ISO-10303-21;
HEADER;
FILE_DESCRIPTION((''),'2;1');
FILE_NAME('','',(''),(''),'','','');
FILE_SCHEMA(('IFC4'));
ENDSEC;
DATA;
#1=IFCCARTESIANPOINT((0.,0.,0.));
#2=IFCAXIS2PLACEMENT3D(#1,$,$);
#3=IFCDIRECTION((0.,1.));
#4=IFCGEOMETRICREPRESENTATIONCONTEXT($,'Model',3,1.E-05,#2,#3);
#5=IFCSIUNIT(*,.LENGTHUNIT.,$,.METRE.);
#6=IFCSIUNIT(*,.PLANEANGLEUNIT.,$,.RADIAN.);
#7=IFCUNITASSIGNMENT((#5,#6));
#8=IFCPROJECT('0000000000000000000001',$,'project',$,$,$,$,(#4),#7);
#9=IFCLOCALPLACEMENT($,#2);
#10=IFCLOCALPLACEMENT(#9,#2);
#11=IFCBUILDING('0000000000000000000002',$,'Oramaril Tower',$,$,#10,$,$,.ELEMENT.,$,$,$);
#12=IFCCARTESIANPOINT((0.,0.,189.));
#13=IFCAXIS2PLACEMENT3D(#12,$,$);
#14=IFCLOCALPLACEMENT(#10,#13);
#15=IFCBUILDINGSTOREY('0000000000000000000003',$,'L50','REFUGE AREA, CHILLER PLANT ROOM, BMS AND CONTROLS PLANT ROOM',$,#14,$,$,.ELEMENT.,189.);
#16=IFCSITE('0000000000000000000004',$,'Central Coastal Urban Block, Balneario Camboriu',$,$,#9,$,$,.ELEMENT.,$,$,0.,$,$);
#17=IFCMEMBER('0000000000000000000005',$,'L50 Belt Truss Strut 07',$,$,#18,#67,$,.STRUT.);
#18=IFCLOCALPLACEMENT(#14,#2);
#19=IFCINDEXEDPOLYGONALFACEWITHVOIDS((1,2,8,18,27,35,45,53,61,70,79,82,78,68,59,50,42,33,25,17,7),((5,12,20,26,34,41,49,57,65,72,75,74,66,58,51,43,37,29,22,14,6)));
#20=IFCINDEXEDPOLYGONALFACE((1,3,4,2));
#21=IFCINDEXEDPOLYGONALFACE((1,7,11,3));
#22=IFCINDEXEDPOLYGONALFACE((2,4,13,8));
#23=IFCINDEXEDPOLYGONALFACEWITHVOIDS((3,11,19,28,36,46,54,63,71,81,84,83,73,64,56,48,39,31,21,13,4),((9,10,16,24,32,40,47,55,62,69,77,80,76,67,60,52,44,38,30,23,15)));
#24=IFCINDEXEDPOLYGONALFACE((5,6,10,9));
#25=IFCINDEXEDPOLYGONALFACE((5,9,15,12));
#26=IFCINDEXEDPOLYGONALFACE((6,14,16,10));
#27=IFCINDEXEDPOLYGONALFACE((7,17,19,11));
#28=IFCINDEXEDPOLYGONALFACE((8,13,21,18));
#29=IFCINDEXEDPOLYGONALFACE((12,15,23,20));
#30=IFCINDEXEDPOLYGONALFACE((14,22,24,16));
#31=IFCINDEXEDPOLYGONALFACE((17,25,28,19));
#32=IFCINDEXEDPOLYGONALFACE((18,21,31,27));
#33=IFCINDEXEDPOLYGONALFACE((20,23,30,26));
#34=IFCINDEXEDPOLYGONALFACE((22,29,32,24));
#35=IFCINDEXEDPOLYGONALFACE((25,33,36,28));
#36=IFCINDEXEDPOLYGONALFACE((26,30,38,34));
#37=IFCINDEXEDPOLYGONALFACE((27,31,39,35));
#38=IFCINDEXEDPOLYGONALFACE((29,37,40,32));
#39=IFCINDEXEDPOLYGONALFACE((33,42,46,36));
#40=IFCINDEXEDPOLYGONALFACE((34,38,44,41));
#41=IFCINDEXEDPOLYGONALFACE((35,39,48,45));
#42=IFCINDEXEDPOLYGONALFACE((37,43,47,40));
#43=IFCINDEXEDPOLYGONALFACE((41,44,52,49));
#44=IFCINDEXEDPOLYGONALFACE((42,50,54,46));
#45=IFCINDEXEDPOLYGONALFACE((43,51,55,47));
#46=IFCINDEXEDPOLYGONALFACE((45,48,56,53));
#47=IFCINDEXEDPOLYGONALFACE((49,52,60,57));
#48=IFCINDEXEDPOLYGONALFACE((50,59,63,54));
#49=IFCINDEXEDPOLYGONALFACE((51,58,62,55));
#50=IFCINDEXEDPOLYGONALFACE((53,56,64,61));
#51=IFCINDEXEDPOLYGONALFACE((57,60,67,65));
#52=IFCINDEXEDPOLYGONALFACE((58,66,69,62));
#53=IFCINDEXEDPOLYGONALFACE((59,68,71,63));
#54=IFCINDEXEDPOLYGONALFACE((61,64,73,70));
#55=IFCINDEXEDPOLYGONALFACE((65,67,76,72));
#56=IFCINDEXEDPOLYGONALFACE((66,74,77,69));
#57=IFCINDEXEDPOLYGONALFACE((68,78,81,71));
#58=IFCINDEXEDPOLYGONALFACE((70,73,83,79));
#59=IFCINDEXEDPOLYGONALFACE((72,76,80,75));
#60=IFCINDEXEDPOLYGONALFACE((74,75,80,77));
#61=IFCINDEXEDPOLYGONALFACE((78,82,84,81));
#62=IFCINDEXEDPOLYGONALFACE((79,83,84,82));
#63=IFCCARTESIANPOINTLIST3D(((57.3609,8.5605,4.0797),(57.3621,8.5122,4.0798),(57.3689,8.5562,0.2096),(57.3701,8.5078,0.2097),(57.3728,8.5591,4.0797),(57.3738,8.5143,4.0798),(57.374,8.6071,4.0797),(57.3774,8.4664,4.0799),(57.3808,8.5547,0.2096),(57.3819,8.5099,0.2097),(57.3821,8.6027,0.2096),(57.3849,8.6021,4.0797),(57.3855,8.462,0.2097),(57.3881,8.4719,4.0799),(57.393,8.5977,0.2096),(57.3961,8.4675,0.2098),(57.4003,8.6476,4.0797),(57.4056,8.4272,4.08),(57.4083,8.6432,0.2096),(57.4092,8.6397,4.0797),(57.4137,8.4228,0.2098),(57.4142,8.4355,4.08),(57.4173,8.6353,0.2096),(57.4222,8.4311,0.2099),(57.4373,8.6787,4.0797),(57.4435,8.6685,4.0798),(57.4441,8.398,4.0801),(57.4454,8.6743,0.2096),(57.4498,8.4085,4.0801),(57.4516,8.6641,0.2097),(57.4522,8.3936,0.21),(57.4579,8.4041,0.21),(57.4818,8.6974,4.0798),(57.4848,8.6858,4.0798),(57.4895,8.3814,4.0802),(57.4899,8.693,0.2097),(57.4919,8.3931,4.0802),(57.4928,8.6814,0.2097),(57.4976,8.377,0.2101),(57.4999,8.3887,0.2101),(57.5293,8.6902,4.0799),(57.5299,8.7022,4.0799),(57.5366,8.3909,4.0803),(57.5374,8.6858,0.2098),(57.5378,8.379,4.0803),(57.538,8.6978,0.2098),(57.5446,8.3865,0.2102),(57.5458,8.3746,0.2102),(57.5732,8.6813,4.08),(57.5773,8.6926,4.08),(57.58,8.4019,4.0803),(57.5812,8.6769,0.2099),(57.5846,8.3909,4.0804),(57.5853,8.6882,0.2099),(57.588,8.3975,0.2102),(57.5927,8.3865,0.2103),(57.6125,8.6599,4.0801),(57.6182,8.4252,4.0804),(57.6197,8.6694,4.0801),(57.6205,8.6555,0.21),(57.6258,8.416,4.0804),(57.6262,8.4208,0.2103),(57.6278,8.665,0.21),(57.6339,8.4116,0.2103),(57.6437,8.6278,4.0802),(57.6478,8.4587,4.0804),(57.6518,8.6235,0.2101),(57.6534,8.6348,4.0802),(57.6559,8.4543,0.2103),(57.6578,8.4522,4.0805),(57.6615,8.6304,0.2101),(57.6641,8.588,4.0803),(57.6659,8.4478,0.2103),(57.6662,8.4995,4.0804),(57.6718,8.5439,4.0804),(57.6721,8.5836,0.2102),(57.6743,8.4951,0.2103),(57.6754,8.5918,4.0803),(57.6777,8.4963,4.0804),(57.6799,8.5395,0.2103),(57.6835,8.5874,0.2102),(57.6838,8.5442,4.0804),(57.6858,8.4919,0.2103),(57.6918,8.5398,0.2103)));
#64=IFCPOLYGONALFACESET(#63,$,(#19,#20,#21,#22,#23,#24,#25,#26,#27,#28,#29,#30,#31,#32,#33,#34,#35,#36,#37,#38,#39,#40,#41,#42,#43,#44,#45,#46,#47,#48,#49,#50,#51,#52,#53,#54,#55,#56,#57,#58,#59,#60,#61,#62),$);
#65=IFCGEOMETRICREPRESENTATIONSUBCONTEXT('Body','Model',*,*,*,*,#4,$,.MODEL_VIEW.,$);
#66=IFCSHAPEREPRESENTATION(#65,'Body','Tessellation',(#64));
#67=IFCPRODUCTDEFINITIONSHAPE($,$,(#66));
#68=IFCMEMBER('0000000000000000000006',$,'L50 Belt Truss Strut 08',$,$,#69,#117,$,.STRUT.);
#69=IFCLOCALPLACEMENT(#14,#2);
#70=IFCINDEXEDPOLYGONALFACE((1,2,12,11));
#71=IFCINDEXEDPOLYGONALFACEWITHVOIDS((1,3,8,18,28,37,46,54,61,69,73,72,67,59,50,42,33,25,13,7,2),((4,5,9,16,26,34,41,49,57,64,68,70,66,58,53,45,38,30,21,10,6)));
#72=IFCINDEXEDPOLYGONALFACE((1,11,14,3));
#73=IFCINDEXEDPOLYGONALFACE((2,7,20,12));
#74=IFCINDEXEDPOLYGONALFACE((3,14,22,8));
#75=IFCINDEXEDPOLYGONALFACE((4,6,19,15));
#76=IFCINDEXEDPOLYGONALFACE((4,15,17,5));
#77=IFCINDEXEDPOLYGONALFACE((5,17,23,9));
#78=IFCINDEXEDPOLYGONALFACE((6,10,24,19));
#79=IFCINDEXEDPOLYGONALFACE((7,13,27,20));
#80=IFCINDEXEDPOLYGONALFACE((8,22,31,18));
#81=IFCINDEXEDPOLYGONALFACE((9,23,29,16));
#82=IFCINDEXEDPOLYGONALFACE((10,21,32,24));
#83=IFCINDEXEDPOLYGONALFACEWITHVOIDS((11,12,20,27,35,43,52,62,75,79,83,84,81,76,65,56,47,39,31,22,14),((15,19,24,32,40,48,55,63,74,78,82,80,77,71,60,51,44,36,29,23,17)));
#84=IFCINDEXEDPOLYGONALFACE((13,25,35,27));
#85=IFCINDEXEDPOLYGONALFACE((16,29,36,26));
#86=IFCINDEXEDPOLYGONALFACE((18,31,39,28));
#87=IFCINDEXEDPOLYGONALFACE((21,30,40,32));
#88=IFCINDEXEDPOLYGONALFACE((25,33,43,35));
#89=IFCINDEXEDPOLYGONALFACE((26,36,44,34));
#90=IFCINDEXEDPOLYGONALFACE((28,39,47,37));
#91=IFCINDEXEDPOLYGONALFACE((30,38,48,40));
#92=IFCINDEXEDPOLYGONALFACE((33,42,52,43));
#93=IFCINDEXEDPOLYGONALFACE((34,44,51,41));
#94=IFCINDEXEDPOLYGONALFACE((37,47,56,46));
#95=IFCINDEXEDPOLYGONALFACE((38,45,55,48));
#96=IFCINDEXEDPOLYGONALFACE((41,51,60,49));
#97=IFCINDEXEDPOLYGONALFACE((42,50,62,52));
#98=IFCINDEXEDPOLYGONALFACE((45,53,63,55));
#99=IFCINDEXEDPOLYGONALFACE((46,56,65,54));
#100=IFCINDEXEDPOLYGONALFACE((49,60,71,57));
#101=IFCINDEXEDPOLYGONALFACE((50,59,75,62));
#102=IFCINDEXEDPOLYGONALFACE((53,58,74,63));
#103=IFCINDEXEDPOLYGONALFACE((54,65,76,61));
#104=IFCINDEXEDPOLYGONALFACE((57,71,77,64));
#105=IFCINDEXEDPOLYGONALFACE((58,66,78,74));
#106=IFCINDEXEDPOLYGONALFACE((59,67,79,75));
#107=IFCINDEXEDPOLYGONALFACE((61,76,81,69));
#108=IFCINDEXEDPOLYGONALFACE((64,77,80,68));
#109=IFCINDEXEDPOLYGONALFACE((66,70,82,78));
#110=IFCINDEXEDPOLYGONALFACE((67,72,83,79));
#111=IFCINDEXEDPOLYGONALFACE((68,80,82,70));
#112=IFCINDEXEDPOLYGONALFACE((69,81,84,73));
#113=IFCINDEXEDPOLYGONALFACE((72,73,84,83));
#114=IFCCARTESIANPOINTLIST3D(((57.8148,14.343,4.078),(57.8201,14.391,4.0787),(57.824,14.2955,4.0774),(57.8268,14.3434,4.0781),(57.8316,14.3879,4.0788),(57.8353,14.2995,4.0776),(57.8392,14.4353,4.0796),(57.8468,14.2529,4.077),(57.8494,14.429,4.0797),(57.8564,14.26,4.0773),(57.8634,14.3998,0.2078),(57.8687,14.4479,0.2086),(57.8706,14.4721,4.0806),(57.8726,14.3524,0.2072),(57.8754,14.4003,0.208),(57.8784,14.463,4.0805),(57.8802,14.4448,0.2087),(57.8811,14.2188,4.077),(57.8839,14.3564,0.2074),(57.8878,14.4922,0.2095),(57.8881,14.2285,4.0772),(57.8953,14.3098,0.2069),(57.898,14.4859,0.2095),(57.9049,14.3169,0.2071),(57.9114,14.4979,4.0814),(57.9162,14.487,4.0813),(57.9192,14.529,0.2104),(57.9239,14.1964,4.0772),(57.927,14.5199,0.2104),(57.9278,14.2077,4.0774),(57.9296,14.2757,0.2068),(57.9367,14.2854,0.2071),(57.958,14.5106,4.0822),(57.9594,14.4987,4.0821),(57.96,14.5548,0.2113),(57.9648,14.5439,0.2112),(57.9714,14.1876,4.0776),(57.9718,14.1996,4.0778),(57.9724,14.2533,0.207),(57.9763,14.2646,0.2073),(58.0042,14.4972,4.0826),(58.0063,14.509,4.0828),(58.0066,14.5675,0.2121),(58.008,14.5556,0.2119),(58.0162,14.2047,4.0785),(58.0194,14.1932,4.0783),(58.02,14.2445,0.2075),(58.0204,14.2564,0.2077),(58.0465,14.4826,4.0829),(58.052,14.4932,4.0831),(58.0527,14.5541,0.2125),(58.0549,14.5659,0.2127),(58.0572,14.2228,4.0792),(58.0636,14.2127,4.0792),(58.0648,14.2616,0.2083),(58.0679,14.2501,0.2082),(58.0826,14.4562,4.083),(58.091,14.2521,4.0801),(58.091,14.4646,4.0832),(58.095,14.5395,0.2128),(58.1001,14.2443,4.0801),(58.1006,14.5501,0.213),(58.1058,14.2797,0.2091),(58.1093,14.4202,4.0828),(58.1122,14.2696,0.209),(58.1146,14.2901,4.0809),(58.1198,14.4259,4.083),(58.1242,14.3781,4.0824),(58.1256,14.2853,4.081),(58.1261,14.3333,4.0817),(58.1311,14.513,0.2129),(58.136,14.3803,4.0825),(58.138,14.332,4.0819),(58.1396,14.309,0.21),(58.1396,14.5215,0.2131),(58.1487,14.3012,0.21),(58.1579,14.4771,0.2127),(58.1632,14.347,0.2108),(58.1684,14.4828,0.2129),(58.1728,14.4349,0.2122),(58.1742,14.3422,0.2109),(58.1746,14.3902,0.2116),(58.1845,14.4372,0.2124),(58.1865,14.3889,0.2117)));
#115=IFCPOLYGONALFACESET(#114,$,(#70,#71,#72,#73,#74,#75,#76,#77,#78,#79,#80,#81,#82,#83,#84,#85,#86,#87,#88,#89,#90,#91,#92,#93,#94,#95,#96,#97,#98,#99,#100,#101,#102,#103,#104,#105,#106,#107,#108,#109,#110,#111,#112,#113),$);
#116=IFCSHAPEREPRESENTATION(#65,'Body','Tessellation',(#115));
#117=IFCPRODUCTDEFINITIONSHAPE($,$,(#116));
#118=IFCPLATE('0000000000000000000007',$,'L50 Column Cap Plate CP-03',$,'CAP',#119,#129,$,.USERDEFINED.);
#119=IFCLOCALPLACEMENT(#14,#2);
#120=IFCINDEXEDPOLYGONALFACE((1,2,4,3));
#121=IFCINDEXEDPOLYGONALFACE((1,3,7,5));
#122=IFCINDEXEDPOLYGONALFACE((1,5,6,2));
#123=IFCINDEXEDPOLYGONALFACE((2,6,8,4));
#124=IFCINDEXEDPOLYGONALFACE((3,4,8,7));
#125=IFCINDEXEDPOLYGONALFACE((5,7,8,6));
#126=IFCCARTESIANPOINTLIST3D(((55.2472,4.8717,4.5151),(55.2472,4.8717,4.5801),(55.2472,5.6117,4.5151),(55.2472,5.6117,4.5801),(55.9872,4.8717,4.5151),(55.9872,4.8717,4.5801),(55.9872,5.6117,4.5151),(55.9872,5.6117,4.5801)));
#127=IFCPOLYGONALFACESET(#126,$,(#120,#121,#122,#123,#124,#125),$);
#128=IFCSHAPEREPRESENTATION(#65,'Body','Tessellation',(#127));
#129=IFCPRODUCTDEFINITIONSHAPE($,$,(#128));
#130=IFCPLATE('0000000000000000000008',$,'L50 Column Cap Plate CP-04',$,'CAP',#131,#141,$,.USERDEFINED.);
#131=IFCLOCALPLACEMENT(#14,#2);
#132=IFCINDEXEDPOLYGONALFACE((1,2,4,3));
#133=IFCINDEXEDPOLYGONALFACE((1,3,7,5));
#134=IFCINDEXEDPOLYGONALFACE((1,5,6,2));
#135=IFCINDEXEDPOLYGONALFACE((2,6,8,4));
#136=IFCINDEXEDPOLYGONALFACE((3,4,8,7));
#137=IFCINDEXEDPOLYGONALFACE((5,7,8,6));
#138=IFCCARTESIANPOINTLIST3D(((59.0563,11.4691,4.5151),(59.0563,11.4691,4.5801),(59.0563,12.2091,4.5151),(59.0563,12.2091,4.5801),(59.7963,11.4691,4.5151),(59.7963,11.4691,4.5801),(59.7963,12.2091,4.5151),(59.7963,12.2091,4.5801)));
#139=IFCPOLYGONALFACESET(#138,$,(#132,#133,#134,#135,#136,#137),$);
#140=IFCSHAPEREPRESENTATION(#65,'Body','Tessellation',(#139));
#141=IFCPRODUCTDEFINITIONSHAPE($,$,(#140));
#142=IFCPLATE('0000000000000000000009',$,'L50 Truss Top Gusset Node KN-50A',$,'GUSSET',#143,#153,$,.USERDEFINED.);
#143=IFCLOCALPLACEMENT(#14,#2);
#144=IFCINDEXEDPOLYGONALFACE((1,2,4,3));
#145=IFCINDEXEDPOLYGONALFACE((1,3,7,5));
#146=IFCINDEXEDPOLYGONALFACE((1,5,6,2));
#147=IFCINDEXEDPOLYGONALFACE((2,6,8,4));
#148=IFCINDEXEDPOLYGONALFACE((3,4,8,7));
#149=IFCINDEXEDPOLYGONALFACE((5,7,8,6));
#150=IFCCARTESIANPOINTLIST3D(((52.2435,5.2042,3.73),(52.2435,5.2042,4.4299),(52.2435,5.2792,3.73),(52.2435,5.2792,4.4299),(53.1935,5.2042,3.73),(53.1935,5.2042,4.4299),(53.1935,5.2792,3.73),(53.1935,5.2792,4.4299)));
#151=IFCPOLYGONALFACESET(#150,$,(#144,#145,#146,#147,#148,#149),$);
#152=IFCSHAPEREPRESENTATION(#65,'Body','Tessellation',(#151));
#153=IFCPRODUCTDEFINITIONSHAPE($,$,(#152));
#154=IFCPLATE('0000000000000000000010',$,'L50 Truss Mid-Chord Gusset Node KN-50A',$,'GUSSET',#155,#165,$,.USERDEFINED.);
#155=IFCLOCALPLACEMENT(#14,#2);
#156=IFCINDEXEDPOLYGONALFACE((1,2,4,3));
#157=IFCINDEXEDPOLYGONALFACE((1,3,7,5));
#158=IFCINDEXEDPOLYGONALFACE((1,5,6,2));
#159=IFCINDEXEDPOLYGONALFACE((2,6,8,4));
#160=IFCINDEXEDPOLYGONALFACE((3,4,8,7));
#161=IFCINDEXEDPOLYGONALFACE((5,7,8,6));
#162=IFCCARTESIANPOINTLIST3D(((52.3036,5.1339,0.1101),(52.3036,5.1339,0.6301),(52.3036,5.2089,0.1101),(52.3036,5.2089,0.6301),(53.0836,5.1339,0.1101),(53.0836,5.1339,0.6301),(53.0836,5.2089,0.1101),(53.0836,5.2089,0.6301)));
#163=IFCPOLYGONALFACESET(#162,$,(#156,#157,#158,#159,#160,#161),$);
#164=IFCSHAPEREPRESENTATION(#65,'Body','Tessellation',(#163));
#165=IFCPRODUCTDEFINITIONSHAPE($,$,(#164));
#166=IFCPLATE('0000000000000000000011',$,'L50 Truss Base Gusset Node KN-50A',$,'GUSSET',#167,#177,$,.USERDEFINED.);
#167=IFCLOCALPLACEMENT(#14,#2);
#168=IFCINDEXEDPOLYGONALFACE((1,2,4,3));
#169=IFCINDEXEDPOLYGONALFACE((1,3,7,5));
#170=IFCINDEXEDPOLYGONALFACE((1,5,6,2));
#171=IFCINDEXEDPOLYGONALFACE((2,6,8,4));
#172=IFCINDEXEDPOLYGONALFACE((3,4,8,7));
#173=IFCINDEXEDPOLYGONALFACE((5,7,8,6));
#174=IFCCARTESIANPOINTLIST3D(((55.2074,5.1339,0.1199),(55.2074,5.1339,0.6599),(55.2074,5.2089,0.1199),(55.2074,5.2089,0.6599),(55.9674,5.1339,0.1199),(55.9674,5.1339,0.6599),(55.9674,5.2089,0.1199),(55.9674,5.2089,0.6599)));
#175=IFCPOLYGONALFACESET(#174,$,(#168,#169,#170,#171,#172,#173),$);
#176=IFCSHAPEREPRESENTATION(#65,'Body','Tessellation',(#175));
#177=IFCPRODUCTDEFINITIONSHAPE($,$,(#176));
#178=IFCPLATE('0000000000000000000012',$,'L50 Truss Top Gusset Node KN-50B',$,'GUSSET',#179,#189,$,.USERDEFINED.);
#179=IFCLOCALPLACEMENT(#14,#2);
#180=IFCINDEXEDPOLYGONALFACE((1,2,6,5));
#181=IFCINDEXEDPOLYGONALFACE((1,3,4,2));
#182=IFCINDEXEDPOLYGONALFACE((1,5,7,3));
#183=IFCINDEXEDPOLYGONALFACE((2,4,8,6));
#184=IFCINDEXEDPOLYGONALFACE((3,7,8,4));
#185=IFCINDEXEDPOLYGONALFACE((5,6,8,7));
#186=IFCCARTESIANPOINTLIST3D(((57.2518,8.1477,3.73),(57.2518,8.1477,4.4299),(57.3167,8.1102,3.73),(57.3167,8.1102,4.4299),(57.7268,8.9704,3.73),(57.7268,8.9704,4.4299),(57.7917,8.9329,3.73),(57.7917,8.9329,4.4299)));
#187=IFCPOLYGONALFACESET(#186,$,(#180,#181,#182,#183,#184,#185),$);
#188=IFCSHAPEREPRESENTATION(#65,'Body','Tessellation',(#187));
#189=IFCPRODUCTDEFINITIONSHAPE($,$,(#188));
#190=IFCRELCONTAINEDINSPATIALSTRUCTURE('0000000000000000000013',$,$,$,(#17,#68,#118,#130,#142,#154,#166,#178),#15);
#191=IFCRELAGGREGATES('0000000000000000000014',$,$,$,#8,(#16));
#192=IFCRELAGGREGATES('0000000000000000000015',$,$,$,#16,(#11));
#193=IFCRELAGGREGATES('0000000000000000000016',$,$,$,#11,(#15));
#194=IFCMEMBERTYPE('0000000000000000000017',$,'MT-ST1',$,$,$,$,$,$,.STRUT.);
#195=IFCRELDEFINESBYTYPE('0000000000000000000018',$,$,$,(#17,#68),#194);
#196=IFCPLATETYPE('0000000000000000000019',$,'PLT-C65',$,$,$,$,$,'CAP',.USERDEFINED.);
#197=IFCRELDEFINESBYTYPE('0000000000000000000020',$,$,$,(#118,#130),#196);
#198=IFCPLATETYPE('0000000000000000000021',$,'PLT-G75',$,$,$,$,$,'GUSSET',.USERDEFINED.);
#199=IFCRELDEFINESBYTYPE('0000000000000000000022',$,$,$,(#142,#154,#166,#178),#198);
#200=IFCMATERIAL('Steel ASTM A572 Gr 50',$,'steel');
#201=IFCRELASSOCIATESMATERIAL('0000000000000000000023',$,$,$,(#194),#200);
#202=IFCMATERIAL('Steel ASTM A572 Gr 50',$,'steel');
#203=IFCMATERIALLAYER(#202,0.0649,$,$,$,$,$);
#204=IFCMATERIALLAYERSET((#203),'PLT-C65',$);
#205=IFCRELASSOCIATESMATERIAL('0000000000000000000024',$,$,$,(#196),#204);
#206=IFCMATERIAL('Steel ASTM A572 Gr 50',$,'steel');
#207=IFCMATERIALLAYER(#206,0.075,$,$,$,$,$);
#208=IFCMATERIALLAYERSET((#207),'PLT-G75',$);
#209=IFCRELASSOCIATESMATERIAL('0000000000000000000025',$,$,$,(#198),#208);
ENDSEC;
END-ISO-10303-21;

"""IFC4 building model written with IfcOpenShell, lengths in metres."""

from ifc_helpers import new_model, si_unit, direction, frame, origin, origin_2d, place, context, subcontext, project, spatial, rectangle, hollow_circle, extrude, material, layer, layer_set, material_profile, profile_set, type_object, element, save


model = new_model("IFC4")

# Units and contexts
model_context = context("Model", 3, precision=1e-05, world=origin(), true_north=direction((0.0, 1.0)))
body_context = subcontext(model_context, "Body", "Model", "MODEL_VIEW")
ifc_project = project(units=[si_unit("LENGTHUNIT", "METRE"), si_unit("PLANEANGLEUNIT", "RADIAN")], contexts=[model_context])

# Site, building, storey
site_placement = place(None, origin())
site = spatial("IfcSite", under=ifc_project, at=site_placement, Name="Central Coastal Urban Block, Balneario Camboriu", CompositionType="ELEMENT", RefElevation=0.0)
building_placement = place(site_placement, origin())
building = spatial("IfcBuilding", under=site, at=building_placement, Name="Oramaril Tower", CompositionType="ELEMENT")
storey_placement = place(building_placement, frame((0.0, 0.0, 189.0)))
storey = spatial("IfcBuildingStorey", under=building, at=storey_placement, Name="L50", Description="REFUGE AREA, CHILLER PLANT ROOM, BMS AND CONTROLS PLANT ROOM", CompositionType="ELEMENT", Elevation=189.0)

# Members
ifc_material_1 = material(Name="Steel ASTM A572 Gr 50", Category="steel")
ifc_material_profile_1 = material_profile(ifc_material_1, hollow_circle(Radius=0.1621, WallThickness=0.012, at=origin_2d()), Name="CHS324X12")
ifc_profile_set_1 = profile_set([ifc_material_profile_1], Name="Steel ASTM A572 Gr 50")
member_type_1 = type_object("IfcMemberType", Name="MT-ST1", PredefinedType="STRUT", material=ifc_profile_set_1)
member_1_placement = place(storey_placement, frame((57.5298, 8.5359, 0.21), z_axis=(-0.002082, 0.001136, 0.999997), x_axis=(-0.478852, -0.877896, 0.0)))
element("IfcMember", 1, at=member_1_placement, inside=storey, type_object=member_type_1, Name="L50 Belt Truss Strut 07", PredefinedType="STRUT", context=body_context, shape_type="SweptSolid", body=[
    extrude(hollow_circle(Radius=0.1621, WallThickness=0.012, at=origin_2d()), origin(), (0.0, 0.0, 1.0), 3.8701),
])
member_2_placement = place(storey_placement, frame((58.0254, 14.4065, 0.21), z_axis=(-0.012551, -0.014696, 0.999813), x_axis=(0.760407, -0.649447, 0.0)))
element("IfcMember", 2, at=member_2_placement, inside=storey, type_object=member_type_1, Name="L50 Belt Truss Strut 08", PredefinedType="STRUT", context=body_context, shape_type="SweptSolid", body=[
    extrude(hollow_circle(Radius=0.1621, WallThickness=0.012, at=origin_2d()), origin(), (0.0, 0.0, 1.0), 3.8708),
])

# Plates
ifc_material_2 = material(Name="Steel ASTM A572 Gr 50", Category="steel")
ifc_layer_1 = layer(ifc_material_2, 0.0649)
ifc_layer_set_1 = layer_set([ifc_layer_1], Name="PLT-C65")
plate_type_1 = type_object("IfcPlateType", Name="PLT-C65", ElementType="CAP", PredefinedType="USERDEFINED", material=ifc_layer_set_1)
for number, where, z_axis, x_axis, name in (
    (3, (55.6172, 5.2417, 4.5151), (0.0, 0.0, 1.0), (1.0, 0.0, 0.0), "L50 Column Cap Plate CP-03"),
    (4, (59.4263, 11.8391, 4.5151), (0.0, 0.0, 1.0), (1.0, 0.0, 0.0), "L50 Column Cap Plate CP-04"),
):
    element("IfcPlate", number, at=place(storey_placement, frame(where, z_axis=z_axis, x_axis=x_axis)), inside=storey, type_object=plate_type_1, Name=name, ObjectType="CAP", PredefinedType="USERDEFINED", context=body_context, shape_type="SweptSolid", body=[
        extrude(rectangle(XDim=0.74, YDim=0.74, at=origin_2d()), origin(), (0.0, 0.0, 1.0), 0.0649),
    ])
ifc_material_3 = material(Name="Steel ASTM A572 Gr 50", Category="steel")
ifc_layer_2 = layer(ifc_material_3, 0.075)
ifc_layer_set_2 = layer_set([ifc_layer_2], Name="PLT-G75")
plate_type_2 = type_object("IfcPlateType", Name="PLT-G75", ElementType="GUSSET", PredefinedType="USERDEFINED", material=ifc_layer_set_2)
plate_1_placement = place(storey_placement, frame((52.7185, 5.2417, 3.73), z_axis=(0.0, 0.0, 1.0), x_axis=(1.0, 0.0, 0.0)))
element("IfcPlate", 5, at=plate_1_placement, inside=storey, type_object=plate_type_2, Name="L50 Truss Top Gusset Node KN-50A", ObjectType="GUSSET", PredefinedType="USERDEFINED", context=body_context, shape_type="SweptSolid", body=[
    extrude(rectangle(XDim=0.95, YDim=0.075, at=origin_2d()), origin(), (0.0, 0.0, 1.0), 0.7),
])
plate_2_placement = place(storey_placement, frame((52.6936, 5.1714, 0.1101), z_axis=(0.0, 0.0, 1.0), x_axis=(1.0, 0.0, 0.0)))
element("IfcPlate", 6, at=plate_2_placement, inside=storey, type_object=plate_type_2, Name="L50 Truss Mid-Chord Gusset Node KN-50A", ObjectType="GUSSET", PredefinedType="USERDEFINED", context=body_context, shape_type="SweptSolid", body=[
    extrude(rectangle(XDim=0.78, YDim=0.075, at=origin_2d()), origin(), (0.0, 0.0, 1.0), 0.52),
])
plate_3_placement = place(storey_placement, frame((55.5874, 5.1714, 0.1199), z_axis=(0.0, 0.0, 1.0), x_axis=(1.0, 0.0, 0.0)))
element("IfcPlate", 7, at=plate_3_placement, inside=storey, type_object=plate_type_2, Name="L50 Truss Base Gusset Node KN-50A", ObjectType="GUSSET", PredefinedType="USERDEFINED", context=body_context, shape_type="SweptSolid", body=[
    extrude(rectangle(XDim=0.76, YDim=0.075, at=origin_2d()), origin(), (0.0, 0.0, 1.0), 0.54),
])
plate_4_placement = place(storey_placement, frame((57.5217, 8.5403, 3.73), z_axis=(0.0, 0.0, 1.0), x_axis=(0.499998, 0.866026, 0.0)))
element("IfcPlate", 8, at=plate_4_placement, inside=storey, type_object=plate_type_2, Name="L50 Truss Top Gusset Node KN-50B", ObjectType="GUSSET", PredefinedType="USERDEFINED", context=body_context, shape_type="SweptSolid", body=[
    extrude(rectangle(XDim=0.95, YDim=0.075, at=origin_2d()), origin(), (0.0, 0.0, 1.0), 0.7),
])

save(model, "model.ifc")
